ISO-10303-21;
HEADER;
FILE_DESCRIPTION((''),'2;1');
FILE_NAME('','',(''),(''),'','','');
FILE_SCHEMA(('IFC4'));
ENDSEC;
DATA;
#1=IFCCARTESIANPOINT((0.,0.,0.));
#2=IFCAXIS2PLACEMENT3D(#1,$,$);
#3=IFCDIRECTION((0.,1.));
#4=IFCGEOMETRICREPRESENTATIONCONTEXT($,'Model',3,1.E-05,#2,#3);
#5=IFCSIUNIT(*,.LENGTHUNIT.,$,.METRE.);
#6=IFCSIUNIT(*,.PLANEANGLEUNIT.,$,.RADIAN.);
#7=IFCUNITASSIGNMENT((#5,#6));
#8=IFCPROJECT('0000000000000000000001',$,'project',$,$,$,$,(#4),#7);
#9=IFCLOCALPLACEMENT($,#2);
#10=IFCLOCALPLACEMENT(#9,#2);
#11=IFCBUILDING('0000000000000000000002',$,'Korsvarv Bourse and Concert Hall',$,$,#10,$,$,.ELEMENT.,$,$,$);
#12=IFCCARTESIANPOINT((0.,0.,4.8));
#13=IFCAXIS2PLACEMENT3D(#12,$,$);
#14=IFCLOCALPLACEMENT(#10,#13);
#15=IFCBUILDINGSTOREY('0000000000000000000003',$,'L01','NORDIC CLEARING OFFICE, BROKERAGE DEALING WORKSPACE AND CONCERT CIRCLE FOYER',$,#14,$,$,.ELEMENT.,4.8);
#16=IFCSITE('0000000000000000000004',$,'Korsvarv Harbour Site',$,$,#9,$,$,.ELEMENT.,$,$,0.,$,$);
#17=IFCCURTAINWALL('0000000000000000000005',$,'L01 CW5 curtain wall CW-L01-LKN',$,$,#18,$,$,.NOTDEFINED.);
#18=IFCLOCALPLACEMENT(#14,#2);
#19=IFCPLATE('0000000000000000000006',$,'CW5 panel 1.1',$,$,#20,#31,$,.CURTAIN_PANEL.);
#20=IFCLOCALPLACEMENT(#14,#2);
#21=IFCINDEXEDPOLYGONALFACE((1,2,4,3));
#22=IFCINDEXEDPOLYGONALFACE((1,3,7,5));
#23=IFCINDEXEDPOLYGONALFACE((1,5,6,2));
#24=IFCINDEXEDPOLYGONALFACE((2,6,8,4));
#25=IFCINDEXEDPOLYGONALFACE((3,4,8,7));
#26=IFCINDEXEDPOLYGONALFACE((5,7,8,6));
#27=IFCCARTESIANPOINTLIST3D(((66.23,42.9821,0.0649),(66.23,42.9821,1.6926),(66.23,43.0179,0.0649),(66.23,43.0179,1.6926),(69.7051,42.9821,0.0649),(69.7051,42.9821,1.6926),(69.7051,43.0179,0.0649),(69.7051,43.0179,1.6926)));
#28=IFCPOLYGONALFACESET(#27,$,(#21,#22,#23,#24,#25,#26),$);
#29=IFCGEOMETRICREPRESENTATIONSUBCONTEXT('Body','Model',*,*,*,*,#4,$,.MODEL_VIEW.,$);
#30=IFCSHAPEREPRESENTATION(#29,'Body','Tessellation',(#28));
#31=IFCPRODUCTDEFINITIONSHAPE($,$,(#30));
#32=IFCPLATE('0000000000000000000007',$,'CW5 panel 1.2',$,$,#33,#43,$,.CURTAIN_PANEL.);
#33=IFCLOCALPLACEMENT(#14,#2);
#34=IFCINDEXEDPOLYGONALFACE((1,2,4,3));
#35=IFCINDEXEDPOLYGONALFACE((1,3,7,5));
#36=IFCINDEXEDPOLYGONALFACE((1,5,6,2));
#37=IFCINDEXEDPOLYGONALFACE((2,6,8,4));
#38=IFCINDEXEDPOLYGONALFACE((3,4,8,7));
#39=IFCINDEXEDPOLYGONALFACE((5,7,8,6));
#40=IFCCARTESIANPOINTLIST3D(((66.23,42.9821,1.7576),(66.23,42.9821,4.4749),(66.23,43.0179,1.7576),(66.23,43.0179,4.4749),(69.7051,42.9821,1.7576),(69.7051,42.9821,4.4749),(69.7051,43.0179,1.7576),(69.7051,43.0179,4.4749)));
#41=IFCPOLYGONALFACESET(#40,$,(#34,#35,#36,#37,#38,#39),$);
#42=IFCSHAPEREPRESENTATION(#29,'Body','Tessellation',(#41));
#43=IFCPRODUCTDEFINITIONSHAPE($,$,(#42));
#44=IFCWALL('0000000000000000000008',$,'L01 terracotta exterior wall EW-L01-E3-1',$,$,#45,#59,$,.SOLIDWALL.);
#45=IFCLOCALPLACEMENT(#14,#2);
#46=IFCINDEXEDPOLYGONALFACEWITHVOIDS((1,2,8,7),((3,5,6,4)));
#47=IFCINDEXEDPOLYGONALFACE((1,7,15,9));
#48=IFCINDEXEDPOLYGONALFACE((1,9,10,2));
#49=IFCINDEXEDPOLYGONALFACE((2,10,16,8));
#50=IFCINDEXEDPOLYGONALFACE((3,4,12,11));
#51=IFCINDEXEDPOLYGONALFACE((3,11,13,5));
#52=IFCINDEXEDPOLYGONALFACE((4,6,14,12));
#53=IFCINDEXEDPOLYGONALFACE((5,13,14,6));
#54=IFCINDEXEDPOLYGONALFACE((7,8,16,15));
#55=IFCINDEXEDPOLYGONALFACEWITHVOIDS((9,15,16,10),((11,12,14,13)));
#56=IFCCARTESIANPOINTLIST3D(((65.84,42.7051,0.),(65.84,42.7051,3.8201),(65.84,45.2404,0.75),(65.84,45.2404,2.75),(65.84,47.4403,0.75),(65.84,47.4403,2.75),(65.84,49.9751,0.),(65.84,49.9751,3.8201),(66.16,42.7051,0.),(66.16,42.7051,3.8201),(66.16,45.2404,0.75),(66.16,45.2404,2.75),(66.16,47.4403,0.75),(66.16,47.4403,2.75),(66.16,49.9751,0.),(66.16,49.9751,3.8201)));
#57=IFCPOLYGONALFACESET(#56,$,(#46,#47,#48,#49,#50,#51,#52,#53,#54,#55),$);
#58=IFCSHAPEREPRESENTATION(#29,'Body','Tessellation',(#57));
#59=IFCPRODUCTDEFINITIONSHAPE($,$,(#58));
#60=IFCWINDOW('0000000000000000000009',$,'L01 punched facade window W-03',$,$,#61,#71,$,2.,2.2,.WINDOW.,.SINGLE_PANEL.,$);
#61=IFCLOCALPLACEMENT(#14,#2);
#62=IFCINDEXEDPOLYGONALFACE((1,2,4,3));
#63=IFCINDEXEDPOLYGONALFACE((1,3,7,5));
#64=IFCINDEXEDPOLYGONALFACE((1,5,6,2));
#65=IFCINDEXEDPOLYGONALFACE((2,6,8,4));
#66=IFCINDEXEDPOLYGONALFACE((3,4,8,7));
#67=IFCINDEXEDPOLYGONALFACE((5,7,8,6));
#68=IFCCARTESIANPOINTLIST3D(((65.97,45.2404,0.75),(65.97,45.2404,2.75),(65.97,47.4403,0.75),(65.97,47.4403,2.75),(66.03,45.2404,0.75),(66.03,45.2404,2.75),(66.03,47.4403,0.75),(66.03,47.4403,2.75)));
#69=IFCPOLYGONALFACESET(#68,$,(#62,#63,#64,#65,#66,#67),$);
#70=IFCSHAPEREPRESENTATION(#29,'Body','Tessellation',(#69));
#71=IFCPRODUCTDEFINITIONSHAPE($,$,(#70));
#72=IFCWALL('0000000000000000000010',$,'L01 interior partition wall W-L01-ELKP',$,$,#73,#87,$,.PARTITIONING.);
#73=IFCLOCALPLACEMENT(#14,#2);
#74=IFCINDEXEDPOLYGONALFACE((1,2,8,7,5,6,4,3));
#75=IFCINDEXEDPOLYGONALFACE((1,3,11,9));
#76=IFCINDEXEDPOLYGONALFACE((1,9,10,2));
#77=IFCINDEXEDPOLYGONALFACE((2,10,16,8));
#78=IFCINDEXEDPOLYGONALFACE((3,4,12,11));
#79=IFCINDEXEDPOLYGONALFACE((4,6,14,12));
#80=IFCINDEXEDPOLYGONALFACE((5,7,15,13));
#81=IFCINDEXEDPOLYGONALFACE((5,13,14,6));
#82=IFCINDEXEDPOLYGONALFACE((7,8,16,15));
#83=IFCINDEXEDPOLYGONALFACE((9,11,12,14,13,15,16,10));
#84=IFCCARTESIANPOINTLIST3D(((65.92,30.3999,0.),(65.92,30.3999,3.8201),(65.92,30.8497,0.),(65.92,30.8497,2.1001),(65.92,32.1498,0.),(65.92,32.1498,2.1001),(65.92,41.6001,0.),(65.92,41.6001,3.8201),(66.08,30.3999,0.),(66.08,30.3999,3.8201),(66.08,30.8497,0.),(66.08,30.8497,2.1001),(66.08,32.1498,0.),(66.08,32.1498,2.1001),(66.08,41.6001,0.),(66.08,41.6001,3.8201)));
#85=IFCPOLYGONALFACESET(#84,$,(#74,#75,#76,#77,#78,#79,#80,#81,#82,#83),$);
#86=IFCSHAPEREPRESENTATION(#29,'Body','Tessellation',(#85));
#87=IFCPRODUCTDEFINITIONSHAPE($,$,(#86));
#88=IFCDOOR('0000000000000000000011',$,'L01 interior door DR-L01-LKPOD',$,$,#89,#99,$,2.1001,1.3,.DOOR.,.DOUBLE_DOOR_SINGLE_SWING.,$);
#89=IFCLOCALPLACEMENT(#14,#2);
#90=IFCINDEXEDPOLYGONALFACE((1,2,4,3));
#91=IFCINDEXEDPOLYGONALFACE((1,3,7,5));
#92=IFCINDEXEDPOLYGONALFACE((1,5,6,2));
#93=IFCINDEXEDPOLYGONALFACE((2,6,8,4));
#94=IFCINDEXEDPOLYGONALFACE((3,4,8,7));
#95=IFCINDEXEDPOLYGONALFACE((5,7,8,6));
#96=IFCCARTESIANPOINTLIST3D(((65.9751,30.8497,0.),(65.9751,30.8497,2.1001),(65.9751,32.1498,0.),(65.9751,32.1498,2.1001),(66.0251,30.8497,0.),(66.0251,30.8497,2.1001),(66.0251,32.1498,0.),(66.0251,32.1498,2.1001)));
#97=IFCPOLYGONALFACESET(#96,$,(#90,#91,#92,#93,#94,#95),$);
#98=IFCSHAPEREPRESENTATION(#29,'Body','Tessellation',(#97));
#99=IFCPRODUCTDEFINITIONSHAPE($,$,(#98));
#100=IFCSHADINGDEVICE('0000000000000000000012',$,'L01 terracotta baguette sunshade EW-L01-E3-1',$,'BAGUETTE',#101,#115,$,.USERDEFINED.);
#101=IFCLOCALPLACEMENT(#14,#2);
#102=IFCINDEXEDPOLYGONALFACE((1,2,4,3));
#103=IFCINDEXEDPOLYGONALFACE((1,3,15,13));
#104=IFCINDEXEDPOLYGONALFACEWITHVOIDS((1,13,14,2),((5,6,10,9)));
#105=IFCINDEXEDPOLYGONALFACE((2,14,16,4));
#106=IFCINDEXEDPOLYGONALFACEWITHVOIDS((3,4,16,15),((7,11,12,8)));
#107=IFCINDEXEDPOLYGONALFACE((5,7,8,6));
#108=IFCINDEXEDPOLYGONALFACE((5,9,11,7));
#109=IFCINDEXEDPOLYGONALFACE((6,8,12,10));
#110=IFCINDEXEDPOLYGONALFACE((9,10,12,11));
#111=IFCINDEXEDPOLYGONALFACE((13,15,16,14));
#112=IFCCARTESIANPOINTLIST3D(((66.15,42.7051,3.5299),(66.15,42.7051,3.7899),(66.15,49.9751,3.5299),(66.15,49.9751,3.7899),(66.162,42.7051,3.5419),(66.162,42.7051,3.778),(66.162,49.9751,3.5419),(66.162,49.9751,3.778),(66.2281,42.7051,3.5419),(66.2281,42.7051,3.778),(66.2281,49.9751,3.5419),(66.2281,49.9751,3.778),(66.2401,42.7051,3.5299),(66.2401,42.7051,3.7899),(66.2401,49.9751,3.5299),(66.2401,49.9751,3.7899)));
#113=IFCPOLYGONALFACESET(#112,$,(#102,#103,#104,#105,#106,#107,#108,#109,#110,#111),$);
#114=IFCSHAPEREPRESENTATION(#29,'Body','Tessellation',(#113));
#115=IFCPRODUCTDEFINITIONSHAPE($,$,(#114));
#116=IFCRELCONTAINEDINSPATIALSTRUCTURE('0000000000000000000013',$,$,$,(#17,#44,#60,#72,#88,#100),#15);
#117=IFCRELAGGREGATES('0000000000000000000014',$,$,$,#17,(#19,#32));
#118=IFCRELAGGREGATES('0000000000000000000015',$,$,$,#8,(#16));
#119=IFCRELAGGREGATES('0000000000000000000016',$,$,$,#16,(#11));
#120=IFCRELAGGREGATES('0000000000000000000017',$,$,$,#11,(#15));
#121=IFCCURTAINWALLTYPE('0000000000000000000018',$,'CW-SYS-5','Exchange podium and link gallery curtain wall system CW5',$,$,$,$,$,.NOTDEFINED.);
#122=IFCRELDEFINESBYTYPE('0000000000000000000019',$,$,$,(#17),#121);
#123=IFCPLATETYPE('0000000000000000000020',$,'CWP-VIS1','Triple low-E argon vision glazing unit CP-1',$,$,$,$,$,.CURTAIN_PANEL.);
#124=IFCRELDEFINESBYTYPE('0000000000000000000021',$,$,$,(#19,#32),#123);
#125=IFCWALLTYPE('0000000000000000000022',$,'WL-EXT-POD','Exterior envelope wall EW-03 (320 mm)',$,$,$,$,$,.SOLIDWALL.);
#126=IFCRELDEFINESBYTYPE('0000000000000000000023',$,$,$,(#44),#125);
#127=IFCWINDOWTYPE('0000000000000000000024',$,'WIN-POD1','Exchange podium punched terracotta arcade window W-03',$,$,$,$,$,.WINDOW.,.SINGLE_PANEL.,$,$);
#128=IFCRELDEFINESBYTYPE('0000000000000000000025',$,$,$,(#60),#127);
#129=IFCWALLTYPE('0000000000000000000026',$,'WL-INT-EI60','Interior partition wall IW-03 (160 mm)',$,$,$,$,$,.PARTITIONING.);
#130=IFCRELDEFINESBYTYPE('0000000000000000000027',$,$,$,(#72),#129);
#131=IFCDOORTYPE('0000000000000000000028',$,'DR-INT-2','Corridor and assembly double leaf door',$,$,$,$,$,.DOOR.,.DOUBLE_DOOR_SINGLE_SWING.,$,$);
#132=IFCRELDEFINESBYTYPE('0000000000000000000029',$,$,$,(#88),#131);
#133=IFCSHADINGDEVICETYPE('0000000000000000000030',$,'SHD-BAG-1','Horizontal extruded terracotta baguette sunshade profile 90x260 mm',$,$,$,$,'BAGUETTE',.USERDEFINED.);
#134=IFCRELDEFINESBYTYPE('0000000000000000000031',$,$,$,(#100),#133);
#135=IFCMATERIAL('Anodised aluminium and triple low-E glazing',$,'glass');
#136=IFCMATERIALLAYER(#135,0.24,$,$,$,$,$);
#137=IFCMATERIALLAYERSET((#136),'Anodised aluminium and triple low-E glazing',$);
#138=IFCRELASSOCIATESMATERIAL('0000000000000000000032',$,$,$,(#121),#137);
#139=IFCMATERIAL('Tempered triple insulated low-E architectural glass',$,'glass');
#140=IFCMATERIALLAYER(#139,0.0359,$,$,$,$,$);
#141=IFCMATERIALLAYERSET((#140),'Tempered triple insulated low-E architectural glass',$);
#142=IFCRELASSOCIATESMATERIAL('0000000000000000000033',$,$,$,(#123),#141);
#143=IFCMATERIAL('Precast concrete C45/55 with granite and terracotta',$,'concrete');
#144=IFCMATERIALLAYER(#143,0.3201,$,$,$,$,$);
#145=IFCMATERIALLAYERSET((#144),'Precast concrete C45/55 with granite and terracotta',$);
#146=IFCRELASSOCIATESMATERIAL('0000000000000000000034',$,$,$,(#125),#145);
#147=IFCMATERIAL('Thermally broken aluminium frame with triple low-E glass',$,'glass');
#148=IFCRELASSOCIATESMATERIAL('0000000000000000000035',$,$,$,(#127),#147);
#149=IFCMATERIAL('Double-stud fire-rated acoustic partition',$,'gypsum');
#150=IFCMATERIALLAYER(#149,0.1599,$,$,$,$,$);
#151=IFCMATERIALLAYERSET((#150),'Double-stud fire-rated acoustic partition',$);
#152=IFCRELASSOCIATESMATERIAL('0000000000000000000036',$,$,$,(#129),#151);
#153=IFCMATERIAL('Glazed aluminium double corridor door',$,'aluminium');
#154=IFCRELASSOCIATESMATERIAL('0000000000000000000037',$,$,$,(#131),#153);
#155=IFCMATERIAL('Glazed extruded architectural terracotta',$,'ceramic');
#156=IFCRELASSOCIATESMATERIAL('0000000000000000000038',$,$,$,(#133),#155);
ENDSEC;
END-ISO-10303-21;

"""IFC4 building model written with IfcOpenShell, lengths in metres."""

from ifc_helpers import new_model, si_unit, direction, frame, frame_2d, origin, origin_2d, place, context, subcontext, project, spatial, rectangle, hollow_rectangle, extrude, source, transform, mapped, material, layer, layer_set, material_profile, profile_set, type_object, element, fill, aggregate, save


model = new_model("IFC4")

# Units and contexts
model_context = context("Model", 3, precision=1e-05, world=origin(), true_north=direction((0.0, 1.0)))
body_context = subcontext(model_context, "Body", "Model", "MODEL_VIEW")
ifc_project = project(units=[si_unit("LENGTHUNIT", "METRE"), si_unit("PLANEANGLEUNIT", "RADIAN")], contexts=[model_context])

# Site, building, storey
site_placement = place(None, origin())
site = spatial("IfcSite", under=ifc_project, at=site_placement, Name="Korsvarv Harbour Site", CompositionType="ELEMENT", RefElevation=0.0)
building_placement = place(site_placement, origin())
building = spatial("IfcBuilding", under=site, at=building_placement, Name="Korsvarv Bourse and Concert Hall", CompositionType="ELEMENT")
storey_placement = place(building_placement, frame((0.0, 0.0, 4.8)))
storey = spatial("IfcBuildingStorey", under=building, at=storey_placement, Name="L01", Description="NORDIC CLEARING OFFICE, BROKERAGE DEALING WORKSPACE AND CONCERT CIRCLE FOYER", CompositionType="ELEMENT", Elevation=4.8)

# Shared definitions
ifc_material_1 = material(Name="Anodised aluminium and triple low-E glazing", Category="glass")
ifc_layer_1 = layer(ifc_material_1, 0.24)
ifc_layer_set_1 = layer_set([ifc_layer_1], Name="Anodised aluminium and triple low-E glazing")
curtain_wall_type = type_object("IfcCurtainWallType", Name="CW-SYS-5", Description="Exchange podium and link gallery curtain wall system CW5", PredefinedType="NOTDEFINED", material=ifc_layer_set_1)

# Curtain wall, plates
curtain_wall_1_placement = place(storey_placement, origin())
curtain_wall_1 = element("IfcCurtainWall", 1, at=curtain_wall_1_placement, inside=storey, type_object=curtain_wall_type, Name="L01 CW5 curtain wall CW-L01-LKN", PredefinedType="NOTDEFINED")
ifc_material_2 = material(Name="Tempered triple insulated low-E architectural glass", Category="glass")
ifc_layer_2 = layer(ifc_material_2, 0.0359)
ifc_layer_set_2 = layer_set([ifc_layer_2], Name="Tempered triple insulated low-E architectural glass")
plate_type = type_object("IfcPlateType", Name="CWP-VIS1", Description="Triple low-E argon vision glazing unit CP-1", PredefinedType="CURTAIN_PANEL", material=ifc_layer_set_2)
shared_shape_1 = source(origin(), body_context, "Body", "SweptSolid", [
    extrude(rectangle(XDim=3.4751, YDim=0.0359, at=origin_2d()), origin(), (0.0, 0.0, 1.0), 1.6277),
])
plate_1_placement = place(storey_placement, frame((67.9675, 43.0, 0.0649), z_axis=(0.0, 0.0, 1.0), x_axis=(1.0, 0.0, 0.0)))
plate_1 = element("IfcPlate", 2, at=plate_1_placement, type_object=plate_type, Name="CW5 panel 1.1", PredefinedType="CURTAIN_PANEL", context=body_context, shape_type="MappedRepresentation", body=[
    mapped(shared_shape_1, transform((0.0, 0.0, 0.0), scale=1.0)),
])
shared_shape_2 = source(origin(), body_context, "Body", "SweptSolid", [
    extrude(rectangle(XDim=3.4751, YDim=0.0359, at=origin_2d()), origin(), (0.0, 0.0, 1.0), 2.7173),
])
plate_2_placement = place(storey_placement, frame((67.9675, 43.0, 1.7576), z_axis=(0.0, 0.0, 1.0), x_axis=(1.0, 0.0, 0.0)))
plate_2 = element("IfcPlate", 3, at=plate_2_placement, type_object=plate_type, Name="CW5 panel 1.2", PredefinedType="CURTAIN_PANEL", context=body_context, shape_type="MappedRepresentation", body=[
    mapped(shared_shape_2, transform((0.0, 0.0, 0.0), scale=1.0)),
])
aggregate(curtain_wall_1, [plate_1, plate_2])

# Wall, opening, window
ifc_material_3 = material(Name="Precast concrete C45/55 with granite and terracotta", Category="concrete")
ifc_layer_3 = layer(ifc_material_3, 0.3201)
ifc_layer_set_3 = layer_set([ifc_layer_3], Name="Precast concrete C45/55 with granite and terracotta")
wall_type_1 = type_object("IfcWallType", Name="WL-EXT-POD", Description="Exterior envelope wall EW-03 (320 mm)", PredefinedType="SOLIDWALL", material=ifc_layer_set_3)
wall_1_placement = place(storey_placement, frame((66.0, 42.7051, 0.0), z_axis=(0.0, 0.0, 1.0), x_axis=(0.0, 1.0, 0.0)))
wall_1 = element("IfcWall", 4, at=wall_1_placement, inside=storey, type_object=wall_type_1, Name="L01 terracotta exterior wall EW-L01-E3-1", PredefinedType="SOLIDWALL", context=body_context, shape_type="SweptSolid", body=[
    extrude(rectangle(XDim=7.27, YDim=0.3201, at=frame_2d((3.635, 0.0))), origin(), (0.0, 0.0, 1.0), 3.8201),
])
opening_1_placement = place(wall_1_placement, frame((2.5352, 0.0, 0.75)))
opening_1 = element("IfcOpeningElement", 5, at=opening_1_placement, cuts=wall_1, PredefinedType="OPENING", context=body_context, shape_type="SweptSolid", body=[
    extrude(rectangle(XDim=2.2, YDim=2.0, at=frame_2d((1.1001, 1.0))), frame((0.0, 0.1699, 0.0), z_axis=(0.0, -1.0, 0.0), x_axis=(1.0, 0.0, 0.0)), (0.0, 0.0, 1.0), 0.3401),
])
ifc_material_4 = material(Name="Thermally broken aluminium frame with triple low-E glass", Category="glass")
window_type = type_object("IfcWindowType", Name="WIN-POD1", Description="Exchange podium punched terracotta arcade window W-03", PartitioningType="SINGLE_PANEL", PredefinedType="WINDOW", material=ifc_material_4)
window_placement = place(opening_1_placement, origin())
window = element("IfcWindow", 6, at=window_placement, inside=storey, type_object=window_type, Name="L01 punched facade window W-03", OverallHeight=2.0, OverallWidth=2.2, PartitioningType="SINGLE_PANEL", PredefinedType="WINDOW", context=body_context, shape_type="SweptSolid", body=[
    extrude(rectangle(XDim=2.2, YDim=2.0, at=frame_2d((1.1001, 1.0))), frame((0.0, 0.03, 0.0), z_axis=(0.0, -1.0, 0.0), x_axis=(1.0, 0.0, 0.0)), (0.0, 0.0, 1.0), 0.0601),
])
fill(opening_1, window)

# Wall, opening, door
ifc_material_5 = material(Name="Double-stud fire-rated acoustic partition", Category="gypsum")
ifc_layer_4 = layer(ifc_material_5, 0.1599)
ifc_layer_set_4 = layer_set([ifc_layer_4], Name="Double-stud fire-rated acoustic partition")
wall_type_2 = type_object("IfcWallType", Name="WL-INT-EI60", Description="Interior partition wall IW-03 (160 mm)", PredefinedType="PARTITIONING", material=ifc_layer_set_4)
wall_2_placement = place(storey_placement, frame((66.0, 30.3999, 0.0), z_axis=(0.0, 0.0, 1.0), x_axis=(0.0, 1.0, 0.0)))
wall_2 = element("IfcWall", 7, at=wall_2_placement, inside=storey, type_object=wall_type_2, Name="L01 interior partition wall W-L01-ELKP", PredefinedType="PARTITIONING", context=body_context, shape_type="SweptSolid", body=[
    extrude(rectangle(XDim=11.2002, YDim=0.1599, at=frame_2d((5.6001, 0.0))), origin(), (0.0, 0.0, 1.0), 3.8201),
])
opening_2_placement = place(wall_2_placement, frame((0.45, 0.0, 0.0)))
opening_2 = element("IfcOpeningElement", 8, at=opening_2_placement, cuts=wall_2, PredefinedType="OPENING", context=body_context, shape_type="SweptSolid", body=[
    extrude(rectangle(XDim=1.3, YDim=2.1001, at=frame_2d((0.6499, 1.05))), frame((0.0, 0.0898, 0.0), z_axis=(0.0, -1.0, 0.0), x_axis=(1.0, 0.0, 0.0)), (0.0, 0.0, 1.0), 0.1799),
])
ifc_material_6 = material(Name="Glazed aluminium double corridor door", Category="aluminium")
door_type = type_object("IfcDoorType", Name="DR-INT-2", Description="Corridor and assembly double leaf door", OperationType="DOUBLE_DOOR_SINGLE_SWING", PredefinedType="DOOR", material=ifc_material_6)
door_placement = place(opening_2_placement, origin())
door = element("IfcDoor", 9, at=door_placement, inside=storey, type_object=door_type, Name="L01 interior door DR-L01-LKPOD", OperationType="DOUBLE_DOOR_SINGLE_SWING", OverallHeight=2.1001, OverallWidth=1.3, PredefinedType="DOOR", context=body_context, shape_type="SweptSolid", body=[
    extrude(rectangle(XDim=1.3, YDim=2.1001, at=frame_2d((0.6499, 1.05))), frame((0.0, 0.0249, 0.0), z_axis=(0.0, -1.0, 0.0), x_axis=(1.0, 0.0, 0.0)), (0.0, 0.0, 1.0), 0.05),
])
fill(opening_2, door)

# Shading device
ifc_material_7 = material(Name="Glazed extruded architectural terracotta", Category="ceramic")
ifc_material_profile_1 = material_profile(ifc_material_7, hollow_rectangle(XDim=0.0901, YDim=0.26, WallThickness=0.012, at=origin_2d()), Name="TC-BAG 90x260")
ifc_profile_set_1 = profile_set([ifc_material_profile_1], Name="Glazed extruded architectural terracotta")
shading_device_type = type_object("IfcShadingDeviceType", Name="SHD-BAG-1", Description="Horizontal extruded terracotta baguette sunshade profile 90x260 mm", ElementType="BAGUETTE", PredefinedType="USERDEFINED", material=ifc_profile_set_1)
shared_shape_3 = source(origin(), body_context, "Body", "SweptSolid", [
    extrude(hollow_rectangle(XDim=0.0901, YDim=0.26, WallThickness=0.012, at=origin_2d()), origin(), (0.0, 0.0, 1.0), 7.27),
])
shading_device_placement = place(storey_placement, frame((66.1951, 42.7051, 3.6599), z_axis=(0.0, 1.0, 0.0), x_axis=(-1.0, 0.0, 0.0)))
element("IfcShadingDevice", 10, at=shading_device_placement, inside=storey, type_object=shading_device_type, Name="L01 terracotta baguette sunshade EW-L01-E3-1", ObjectType="BAGUETTE", PredefinedType="USERDEFINED", context=body_context, shape_type="MappedRepresentation", body=[
    mapped(shared_shape_3, transform((0.0, 0.0, 0.0), scale=1.0)),
])

save(model, "model.ifc")
